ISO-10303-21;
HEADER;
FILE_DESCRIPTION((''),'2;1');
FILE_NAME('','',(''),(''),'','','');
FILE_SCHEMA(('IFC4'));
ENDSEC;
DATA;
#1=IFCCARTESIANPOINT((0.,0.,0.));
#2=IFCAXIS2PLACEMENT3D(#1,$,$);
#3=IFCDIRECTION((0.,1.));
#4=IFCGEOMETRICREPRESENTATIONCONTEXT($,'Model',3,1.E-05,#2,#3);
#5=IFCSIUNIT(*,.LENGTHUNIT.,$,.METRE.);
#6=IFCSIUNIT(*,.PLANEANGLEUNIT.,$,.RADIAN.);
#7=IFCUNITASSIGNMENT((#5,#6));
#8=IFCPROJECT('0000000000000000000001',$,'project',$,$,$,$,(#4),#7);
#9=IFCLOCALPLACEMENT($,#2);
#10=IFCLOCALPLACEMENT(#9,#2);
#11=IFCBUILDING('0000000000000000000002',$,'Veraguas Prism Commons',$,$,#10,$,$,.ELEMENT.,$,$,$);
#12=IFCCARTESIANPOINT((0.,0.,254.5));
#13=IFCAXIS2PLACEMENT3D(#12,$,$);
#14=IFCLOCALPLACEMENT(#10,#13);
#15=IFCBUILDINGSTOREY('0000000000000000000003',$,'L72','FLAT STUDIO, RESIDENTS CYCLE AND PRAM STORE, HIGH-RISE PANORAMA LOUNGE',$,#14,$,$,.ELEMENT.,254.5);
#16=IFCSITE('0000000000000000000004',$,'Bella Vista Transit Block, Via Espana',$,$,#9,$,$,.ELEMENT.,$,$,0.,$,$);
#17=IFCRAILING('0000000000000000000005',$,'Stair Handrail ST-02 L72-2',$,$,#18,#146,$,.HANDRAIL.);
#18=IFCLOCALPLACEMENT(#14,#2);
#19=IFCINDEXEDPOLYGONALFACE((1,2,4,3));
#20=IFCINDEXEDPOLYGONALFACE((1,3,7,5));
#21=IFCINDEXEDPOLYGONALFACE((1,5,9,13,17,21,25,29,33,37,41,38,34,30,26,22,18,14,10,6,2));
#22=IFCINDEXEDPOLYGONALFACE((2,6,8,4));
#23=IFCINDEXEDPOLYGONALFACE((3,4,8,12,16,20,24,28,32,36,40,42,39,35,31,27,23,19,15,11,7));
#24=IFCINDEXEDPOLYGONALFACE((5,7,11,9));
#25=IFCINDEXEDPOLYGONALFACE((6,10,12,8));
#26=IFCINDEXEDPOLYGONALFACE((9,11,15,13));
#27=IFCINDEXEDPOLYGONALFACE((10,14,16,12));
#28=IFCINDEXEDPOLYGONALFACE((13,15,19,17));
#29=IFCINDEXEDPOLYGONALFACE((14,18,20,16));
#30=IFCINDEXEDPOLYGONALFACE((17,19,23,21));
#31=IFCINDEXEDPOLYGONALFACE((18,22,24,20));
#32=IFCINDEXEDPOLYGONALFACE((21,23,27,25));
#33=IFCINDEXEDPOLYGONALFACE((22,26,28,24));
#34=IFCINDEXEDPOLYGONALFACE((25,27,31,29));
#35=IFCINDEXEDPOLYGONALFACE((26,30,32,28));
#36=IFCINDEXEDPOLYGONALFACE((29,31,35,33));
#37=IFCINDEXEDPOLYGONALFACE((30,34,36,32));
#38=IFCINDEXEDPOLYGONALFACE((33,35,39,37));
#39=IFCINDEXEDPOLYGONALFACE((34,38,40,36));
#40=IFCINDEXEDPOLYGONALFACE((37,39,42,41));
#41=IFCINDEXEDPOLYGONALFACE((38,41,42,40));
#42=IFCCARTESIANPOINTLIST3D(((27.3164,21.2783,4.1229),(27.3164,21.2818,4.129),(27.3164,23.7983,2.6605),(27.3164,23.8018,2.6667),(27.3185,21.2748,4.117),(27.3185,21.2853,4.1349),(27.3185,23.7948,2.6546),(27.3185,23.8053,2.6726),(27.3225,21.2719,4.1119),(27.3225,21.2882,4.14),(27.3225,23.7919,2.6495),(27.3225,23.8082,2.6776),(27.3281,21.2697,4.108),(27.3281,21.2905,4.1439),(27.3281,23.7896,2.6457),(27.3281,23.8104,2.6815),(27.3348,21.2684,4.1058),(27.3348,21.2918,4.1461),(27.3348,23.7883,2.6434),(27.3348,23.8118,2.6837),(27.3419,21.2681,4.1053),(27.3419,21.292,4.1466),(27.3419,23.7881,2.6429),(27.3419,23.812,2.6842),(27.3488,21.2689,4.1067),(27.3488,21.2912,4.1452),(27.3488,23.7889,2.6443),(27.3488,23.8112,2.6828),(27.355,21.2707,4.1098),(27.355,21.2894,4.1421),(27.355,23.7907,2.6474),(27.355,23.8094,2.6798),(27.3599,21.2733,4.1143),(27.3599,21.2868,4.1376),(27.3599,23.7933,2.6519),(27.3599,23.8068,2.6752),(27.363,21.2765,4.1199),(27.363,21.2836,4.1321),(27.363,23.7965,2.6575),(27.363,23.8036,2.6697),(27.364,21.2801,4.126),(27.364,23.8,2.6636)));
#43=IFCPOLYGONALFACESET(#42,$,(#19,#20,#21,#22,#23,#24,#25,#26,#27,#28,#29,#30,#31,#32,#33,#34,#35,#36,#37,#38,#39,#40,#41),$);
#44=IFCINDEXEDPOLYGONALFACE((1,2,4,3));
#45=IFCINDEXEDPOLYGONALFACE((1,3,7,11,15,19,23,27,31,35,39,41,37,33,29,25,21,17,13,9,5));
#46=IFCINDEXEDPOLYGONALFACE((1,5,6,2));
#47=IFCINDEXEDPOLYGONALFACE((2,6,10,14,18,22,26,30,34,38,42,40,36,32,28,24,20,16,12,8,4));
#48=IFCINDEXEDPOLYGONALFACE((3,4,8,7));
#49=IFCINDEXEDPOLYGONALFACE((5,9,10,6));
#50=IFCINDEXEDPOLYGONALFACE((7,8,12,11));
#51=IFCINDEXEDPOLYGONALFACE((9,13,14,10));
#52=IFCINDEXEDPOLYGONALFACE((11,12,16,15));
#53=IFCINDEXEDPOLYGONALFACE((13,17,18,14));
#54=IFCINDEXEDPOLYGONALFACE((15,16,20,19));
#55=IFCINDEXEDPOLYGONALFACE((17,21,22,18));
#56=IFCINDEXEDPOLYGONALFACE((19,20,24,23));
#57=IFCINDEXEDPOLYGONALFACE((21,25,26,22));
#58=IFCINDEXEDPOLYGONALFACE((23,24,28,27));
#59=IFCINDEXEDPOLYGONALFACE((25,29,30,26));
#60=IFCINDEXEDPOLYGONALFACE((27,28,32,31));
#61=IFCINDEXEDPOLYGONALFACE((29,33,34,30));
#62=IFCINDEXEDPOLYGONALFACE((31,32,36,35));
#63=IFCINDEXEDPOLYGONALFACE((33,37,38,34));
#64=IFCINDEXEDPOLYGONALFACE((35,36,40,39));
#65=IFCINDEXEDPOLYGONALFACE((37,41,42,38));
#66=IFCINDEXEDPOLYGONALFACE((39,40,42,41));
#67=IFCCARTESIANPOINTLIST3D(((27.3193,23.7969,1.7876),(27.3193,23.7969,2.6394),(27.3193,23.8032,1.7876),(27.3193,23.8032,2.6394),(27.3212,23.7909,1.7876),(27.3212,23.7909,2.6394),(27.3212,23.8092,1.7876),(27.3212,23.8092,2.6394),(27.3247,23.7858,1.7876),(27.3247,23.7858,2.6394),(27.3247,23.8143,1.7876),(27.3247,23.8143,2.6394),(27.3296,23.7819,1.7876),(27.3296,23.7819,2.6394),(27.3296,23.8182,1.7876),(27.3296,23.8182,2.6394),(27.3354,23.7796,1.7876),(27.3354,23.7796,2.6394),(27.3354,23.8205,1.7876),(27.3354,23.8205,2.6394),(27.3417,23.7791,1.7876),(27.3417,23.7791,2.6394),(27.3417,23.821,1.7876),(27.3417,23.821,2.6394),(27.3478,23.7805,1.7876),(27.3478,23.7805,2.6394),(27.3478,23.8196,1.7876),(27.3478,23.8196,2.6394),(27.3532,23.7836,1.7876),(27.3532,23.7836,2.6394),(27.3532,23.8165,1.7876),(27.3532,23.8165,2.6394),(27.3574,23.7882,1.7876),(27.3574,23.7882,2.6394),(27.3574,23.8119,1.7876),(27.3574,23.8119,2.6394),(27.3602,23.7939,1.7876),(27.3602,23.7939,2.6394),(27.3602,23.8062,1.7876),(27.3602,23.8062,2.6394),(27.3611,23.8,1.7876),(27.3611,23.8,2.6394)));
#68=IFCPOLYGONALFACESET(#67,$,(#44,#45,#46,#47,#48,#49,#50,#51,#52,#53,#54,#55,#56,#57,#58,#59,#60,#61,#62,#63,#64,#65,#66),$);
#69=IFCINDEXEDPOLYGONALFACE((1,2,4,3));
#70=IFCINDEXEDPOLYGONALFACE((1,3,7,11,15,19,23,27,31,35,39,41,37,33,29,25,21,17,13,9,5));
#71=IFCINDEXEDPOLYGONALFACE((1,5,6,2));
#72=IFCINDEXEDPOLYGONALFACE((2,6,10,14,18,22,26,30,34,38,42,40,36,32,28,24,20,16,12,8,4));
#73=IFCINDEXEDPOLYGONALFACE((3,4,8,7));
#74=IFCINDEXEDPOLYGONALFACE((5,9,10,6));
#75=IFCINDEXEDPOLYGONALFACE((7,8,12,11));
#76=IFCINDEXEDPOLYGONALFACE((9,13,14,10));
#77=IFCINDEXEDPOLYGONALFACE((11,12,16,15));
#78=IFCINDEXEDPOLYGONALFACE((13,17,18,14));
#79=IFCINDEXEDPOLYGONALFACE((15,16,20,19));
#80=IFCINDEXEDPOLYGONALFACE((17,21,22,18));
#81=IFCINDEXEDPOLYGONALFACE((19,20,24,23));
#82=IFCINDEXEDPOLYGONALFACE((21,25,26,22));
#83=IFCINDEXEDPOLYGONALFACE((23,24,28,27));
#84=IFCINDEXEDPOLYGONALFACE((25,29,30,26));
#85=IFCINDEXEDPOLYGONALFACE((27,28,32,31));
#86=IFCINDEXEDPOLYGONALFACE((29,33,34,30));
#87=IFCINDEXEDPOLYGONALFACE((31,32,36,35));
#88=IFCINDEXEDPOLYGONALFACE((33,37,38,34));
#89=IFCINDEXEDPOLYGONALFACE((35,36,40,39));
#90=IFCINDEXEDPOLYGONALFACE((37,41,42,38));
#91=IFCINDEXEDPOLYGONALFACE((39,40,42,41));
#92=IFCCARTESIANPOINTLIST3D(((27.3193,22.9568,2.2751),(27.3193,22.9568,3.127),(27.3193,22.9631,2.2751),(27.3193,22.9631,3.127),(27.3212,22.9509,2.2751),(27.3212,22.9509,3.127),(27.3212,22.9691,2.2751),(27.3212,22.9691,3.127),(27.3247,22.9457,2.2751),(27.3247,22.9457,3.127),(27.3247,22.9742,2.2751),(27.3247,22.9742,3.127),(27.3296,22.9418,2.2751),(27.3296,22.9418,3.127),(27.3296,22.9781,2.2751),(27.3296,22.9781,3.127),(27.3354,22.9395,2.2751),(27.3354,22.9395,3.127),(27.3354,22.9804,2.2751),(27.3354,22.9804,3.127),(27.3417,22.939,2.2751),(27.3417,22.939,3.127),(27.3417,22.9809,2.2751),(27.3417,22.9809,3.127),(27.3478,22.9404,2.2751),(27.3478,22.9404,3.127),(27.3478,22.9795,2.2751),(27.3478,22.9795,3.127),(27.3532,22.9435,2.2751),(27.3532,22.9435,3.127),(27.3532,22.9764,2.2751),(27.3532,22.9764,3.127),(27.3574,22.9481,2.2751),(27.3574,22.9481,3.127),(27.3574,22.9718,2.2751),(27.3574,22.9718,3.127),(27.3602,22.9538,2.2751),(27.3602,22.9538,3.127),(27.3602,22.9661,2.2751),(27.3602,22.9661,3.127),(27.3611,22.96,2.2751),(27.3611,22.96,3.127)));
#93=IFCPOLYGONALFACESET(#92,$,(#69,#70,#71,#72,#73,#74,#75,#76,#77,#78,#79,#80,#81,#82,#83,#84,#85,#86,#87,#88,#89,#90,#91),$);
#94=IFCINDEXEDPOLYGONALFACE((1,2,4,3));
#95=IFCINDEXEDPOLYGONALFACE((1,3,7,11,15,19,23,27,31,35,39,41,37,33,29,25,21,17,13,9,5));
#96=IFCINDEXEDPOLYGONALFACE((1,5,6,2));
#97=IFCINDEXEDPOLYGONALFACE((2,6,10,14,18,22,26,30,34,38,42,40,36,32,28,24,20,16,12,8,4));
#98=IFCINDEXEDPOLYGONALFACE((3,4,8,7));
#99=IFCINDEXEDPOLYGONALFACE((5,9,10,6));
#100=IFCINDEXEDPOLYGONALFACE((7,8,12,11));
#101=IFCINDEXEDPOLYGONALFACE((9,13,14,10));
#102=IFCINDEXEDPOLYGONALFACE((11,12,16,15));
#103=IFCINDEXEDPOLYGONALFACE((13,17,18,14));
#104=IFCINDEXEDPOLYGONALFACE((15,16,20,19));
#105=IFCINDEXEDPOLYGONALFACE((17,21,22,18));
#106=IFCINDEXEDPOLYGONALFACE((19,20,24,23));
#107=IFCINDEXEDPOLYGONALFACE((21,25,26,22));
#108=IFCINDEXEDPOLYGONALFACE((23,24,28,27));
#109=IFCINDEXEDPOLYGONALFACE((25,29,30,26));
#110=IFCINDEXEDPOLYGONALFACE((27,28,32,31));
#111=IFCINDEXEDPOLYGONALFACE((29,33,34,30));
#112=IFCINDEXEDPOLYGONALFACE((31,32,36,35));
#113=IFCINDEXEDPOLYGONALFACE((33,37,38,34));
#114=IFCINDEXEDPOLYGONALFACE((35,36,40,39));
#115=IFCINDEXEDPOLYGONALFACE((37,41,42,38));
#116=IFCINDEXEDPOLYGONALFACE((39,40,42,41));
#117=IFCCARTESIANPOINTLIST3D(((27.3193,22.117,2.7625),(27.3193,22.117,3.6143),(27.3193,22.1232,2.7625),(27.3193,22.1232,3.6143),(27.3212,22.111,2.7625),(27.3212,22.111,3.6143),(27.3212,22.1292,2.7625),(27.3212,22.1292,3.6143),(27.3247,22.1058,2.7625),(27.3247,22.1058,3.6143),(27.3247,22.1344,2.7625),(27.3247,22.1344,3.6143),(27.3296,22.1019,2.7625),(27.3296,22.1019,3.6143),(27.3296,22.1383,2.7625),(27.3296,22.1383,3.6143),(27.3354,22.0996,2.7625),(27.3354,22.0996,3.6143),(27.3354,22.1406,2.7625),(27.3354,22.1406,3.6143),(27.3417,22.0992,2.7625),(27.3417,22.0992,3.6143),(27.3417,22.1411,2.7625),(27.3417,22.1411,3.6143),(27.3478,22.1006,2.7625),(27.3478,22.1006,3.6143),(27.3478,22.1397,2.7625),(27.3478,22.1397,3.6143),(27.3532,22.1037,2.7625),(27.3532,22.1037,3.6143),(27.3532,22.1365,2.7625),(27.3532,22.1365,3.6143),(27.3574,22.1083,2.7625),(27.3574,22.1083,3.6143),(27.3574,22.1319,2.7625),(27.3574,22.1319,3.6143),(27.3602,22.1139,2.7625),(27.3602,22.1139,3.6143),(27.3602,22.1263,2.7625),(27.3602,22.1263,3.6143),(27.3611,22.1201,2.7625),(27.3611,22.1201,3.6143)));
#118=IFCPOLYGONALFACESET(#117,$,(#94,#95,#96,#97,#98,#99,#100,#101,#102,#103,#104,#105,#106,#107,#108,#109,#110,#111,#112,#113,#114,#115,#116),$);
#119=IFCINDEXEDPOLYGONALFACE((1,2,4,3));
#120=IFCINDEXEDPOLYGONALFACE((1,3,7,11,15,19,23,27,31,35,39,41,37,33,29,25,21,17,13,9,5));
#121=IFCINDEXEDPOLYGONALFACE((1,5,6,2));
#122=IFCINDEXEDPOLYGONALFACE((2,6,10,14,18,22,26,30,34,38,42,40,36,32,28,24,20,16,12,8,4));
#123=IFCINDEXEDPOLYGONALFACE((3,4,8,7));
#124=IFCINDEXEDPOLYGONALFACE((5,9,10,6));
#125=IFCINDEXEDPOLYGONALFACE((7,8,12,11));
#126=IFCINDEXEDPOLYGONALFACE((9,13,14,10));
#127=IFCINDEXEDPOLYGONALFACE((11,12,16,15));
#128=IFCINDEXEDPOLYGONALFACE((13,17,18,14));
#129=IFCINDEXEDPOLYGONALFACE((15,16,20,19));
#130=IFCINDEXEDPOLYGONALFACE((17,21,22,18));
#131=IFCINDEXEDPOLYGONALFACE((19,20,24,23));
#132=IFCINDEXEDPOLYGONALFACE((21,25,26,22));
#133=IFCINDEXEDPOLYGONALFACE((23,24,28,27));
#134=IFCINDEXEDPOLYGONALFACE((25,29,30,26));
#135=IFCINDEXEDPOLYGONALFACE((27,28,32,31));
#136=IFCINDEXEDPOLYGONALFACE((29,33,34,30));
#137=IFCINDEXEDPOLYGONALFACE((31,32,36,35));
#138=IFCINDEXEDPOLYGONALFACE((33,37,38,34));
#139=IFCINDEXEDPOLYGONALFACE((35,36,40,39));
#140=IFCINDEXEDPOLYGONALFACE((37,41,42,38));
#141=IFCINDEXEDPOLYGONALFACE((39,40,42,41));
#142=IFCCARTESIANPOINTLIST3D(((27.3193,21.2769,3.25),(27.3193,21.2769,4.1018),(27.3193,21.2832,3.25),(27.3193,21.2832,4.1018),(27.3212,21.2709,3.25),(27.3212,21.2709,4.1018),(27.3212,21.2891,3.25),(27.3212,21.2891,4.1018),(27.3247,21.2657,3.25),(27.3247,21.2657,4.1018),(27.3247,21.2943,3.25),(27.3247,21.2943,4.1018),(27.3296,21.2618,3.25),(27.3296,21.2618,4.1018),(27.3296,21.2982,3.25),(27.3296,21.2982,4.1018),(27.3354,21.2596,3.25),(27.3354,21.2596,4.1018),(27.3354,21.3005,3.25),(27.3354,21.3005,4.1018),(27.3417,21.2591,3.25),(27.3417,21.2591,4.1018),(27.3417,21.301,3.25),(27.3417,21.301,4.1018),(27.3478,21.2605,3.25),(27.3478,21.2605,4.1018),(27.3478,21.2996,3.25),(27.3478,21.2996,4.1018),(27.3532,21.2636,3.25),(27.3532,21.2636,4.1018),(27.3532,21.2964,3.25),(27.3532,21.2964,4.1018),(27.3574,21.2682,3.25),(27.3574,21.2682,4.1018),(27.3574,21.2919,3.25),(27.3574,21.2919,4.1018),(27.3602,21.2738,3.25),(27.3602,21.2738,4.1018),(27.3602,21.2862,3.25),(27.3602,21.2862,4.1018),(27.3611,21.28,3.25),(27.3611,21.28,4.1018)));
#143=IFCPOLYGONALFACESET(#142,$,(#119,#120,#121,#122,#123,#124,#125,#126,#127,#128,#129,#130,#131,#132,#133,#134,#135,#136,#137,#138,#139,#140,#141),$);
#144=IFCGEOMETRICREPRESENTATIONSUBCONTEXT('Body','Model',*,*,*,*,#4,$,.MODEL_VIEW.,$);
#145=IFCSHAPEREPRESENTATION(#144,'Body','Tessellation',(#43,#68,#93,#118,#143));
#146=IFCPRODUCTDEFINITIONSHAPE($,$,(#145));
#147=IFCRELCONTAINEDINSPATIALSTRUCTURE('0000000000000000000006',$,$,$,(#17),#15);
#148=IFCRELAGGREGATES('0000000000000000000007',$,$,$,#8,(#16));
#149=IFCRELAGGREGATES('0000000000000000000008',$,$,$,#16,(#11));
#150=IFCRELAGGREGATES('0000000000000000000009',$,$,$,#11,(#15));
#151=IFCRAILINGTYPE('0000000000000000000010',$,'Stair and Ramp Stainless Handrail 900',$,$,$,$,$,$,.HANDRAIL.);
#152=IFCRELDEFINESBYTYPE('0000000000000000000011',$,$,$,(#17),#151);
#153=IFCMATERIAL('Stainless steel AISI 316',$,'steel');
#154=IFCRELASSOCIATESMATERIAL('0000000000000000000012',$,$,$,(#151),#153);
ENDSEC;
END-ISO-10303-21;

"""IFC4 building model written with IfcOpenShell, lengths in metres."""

from ifc_helpers import new_model, si_unit, direction, frame, origin, origin_2d, place, context, subcontext, project, spatial, circle, extrude, material, type_object, element, save


model = new_model("IFC4")

# Units and contexts
model_context = context("Model", 3, precision=1e-05, world=origin(), true_north=direction((0.0, 1.0)))
body_context = subcontext(model_context, "Body", "Model", "MODEL_VIEW")
ifc_project = project(units=[si_unit("LENGTHUNIT", "METRE"), si_unit("PLANEANGLEUNIT", "RADIAN")], contexts=[model_context])

# Site, building, storey
site_placement = place(None, origin())
site = spatial("IfcSite", under=ifc_project, at=site_placement, Name="Bella Vista Transit Block, Via Espana", CompositionType="ELEMENT", RefElevation=0.0)
building_placement = place(site_placement, origin())
building = spatial("IfcBuilding", under=site, at=building_placement, Name="Veraguas Prism Commons", CompositionType="ELEMENT")
storey_placement = place(building_placement, frame((0.0, 0.0, 254.5)))
storey = spatial("IfcBuildingStorey", under=building, at=storey_placement, Name="L72", Description="FLAT STUDIO, RESIDENTS CYCLE AND PRAM STORE, HIGH-RISE PANORAMA LOUNGE", CompositionType="ELEMENT", Elevation=254.5)

# Railing
ifc_material_1 = material(Name="Stainless steel AISI 316", Category="steel")
railing_type_1 = type_object("IfcRailingType", Name="Stair and Ramp Stainless Handrail 900", PredefinedType="HANDRAIL", material=ifc_material_1)
railing_1_placement = place(storey_placement, frame((27.3401, 23.8, 1.7876)))
element("IfcRailing", 1, at=railing_1_placement, inside=storey, type_object=railing_type_1, Name="Stair Handrail ST-02 L72-2", PredefinedType="HANDRAIL", context=body_context, shape_type="SweptSolid", body=[
    extrude(circle(Radius=0.0239, at=origin_2d()), frame((0.0, 0.0, 0.876), z_axis=(0.0, -0.864913, 0.501921), x_axis=(1.0, 0.0, 0.0)), (0.0, 0.0, 1.0), 2.9136),
    extrude(circle(Radius=0.021, at=origin_2d()), origin(), (0.0, 0.0, 1.0), 0.8518),
    extrude(circle(Radius=0.021, at=origin_2d()), frame((0.0, -0.8401, 0.4875)), (0.0, 0.0, 1.0), 0.8518),
    extrude(circle(Radius=0.021, at=origin_2d()), frame((0.0, -1.6799, 0.9749)), (0.0, 0.0, 1.0), 0.8518),
    extrude(circle(Radius=0.021, at=origin_2d()), frame((0.0, -2.52, 1.4624)), (0.0, 0.0, 1.0), 0.8518),
])

save(model, "model.ifc")
